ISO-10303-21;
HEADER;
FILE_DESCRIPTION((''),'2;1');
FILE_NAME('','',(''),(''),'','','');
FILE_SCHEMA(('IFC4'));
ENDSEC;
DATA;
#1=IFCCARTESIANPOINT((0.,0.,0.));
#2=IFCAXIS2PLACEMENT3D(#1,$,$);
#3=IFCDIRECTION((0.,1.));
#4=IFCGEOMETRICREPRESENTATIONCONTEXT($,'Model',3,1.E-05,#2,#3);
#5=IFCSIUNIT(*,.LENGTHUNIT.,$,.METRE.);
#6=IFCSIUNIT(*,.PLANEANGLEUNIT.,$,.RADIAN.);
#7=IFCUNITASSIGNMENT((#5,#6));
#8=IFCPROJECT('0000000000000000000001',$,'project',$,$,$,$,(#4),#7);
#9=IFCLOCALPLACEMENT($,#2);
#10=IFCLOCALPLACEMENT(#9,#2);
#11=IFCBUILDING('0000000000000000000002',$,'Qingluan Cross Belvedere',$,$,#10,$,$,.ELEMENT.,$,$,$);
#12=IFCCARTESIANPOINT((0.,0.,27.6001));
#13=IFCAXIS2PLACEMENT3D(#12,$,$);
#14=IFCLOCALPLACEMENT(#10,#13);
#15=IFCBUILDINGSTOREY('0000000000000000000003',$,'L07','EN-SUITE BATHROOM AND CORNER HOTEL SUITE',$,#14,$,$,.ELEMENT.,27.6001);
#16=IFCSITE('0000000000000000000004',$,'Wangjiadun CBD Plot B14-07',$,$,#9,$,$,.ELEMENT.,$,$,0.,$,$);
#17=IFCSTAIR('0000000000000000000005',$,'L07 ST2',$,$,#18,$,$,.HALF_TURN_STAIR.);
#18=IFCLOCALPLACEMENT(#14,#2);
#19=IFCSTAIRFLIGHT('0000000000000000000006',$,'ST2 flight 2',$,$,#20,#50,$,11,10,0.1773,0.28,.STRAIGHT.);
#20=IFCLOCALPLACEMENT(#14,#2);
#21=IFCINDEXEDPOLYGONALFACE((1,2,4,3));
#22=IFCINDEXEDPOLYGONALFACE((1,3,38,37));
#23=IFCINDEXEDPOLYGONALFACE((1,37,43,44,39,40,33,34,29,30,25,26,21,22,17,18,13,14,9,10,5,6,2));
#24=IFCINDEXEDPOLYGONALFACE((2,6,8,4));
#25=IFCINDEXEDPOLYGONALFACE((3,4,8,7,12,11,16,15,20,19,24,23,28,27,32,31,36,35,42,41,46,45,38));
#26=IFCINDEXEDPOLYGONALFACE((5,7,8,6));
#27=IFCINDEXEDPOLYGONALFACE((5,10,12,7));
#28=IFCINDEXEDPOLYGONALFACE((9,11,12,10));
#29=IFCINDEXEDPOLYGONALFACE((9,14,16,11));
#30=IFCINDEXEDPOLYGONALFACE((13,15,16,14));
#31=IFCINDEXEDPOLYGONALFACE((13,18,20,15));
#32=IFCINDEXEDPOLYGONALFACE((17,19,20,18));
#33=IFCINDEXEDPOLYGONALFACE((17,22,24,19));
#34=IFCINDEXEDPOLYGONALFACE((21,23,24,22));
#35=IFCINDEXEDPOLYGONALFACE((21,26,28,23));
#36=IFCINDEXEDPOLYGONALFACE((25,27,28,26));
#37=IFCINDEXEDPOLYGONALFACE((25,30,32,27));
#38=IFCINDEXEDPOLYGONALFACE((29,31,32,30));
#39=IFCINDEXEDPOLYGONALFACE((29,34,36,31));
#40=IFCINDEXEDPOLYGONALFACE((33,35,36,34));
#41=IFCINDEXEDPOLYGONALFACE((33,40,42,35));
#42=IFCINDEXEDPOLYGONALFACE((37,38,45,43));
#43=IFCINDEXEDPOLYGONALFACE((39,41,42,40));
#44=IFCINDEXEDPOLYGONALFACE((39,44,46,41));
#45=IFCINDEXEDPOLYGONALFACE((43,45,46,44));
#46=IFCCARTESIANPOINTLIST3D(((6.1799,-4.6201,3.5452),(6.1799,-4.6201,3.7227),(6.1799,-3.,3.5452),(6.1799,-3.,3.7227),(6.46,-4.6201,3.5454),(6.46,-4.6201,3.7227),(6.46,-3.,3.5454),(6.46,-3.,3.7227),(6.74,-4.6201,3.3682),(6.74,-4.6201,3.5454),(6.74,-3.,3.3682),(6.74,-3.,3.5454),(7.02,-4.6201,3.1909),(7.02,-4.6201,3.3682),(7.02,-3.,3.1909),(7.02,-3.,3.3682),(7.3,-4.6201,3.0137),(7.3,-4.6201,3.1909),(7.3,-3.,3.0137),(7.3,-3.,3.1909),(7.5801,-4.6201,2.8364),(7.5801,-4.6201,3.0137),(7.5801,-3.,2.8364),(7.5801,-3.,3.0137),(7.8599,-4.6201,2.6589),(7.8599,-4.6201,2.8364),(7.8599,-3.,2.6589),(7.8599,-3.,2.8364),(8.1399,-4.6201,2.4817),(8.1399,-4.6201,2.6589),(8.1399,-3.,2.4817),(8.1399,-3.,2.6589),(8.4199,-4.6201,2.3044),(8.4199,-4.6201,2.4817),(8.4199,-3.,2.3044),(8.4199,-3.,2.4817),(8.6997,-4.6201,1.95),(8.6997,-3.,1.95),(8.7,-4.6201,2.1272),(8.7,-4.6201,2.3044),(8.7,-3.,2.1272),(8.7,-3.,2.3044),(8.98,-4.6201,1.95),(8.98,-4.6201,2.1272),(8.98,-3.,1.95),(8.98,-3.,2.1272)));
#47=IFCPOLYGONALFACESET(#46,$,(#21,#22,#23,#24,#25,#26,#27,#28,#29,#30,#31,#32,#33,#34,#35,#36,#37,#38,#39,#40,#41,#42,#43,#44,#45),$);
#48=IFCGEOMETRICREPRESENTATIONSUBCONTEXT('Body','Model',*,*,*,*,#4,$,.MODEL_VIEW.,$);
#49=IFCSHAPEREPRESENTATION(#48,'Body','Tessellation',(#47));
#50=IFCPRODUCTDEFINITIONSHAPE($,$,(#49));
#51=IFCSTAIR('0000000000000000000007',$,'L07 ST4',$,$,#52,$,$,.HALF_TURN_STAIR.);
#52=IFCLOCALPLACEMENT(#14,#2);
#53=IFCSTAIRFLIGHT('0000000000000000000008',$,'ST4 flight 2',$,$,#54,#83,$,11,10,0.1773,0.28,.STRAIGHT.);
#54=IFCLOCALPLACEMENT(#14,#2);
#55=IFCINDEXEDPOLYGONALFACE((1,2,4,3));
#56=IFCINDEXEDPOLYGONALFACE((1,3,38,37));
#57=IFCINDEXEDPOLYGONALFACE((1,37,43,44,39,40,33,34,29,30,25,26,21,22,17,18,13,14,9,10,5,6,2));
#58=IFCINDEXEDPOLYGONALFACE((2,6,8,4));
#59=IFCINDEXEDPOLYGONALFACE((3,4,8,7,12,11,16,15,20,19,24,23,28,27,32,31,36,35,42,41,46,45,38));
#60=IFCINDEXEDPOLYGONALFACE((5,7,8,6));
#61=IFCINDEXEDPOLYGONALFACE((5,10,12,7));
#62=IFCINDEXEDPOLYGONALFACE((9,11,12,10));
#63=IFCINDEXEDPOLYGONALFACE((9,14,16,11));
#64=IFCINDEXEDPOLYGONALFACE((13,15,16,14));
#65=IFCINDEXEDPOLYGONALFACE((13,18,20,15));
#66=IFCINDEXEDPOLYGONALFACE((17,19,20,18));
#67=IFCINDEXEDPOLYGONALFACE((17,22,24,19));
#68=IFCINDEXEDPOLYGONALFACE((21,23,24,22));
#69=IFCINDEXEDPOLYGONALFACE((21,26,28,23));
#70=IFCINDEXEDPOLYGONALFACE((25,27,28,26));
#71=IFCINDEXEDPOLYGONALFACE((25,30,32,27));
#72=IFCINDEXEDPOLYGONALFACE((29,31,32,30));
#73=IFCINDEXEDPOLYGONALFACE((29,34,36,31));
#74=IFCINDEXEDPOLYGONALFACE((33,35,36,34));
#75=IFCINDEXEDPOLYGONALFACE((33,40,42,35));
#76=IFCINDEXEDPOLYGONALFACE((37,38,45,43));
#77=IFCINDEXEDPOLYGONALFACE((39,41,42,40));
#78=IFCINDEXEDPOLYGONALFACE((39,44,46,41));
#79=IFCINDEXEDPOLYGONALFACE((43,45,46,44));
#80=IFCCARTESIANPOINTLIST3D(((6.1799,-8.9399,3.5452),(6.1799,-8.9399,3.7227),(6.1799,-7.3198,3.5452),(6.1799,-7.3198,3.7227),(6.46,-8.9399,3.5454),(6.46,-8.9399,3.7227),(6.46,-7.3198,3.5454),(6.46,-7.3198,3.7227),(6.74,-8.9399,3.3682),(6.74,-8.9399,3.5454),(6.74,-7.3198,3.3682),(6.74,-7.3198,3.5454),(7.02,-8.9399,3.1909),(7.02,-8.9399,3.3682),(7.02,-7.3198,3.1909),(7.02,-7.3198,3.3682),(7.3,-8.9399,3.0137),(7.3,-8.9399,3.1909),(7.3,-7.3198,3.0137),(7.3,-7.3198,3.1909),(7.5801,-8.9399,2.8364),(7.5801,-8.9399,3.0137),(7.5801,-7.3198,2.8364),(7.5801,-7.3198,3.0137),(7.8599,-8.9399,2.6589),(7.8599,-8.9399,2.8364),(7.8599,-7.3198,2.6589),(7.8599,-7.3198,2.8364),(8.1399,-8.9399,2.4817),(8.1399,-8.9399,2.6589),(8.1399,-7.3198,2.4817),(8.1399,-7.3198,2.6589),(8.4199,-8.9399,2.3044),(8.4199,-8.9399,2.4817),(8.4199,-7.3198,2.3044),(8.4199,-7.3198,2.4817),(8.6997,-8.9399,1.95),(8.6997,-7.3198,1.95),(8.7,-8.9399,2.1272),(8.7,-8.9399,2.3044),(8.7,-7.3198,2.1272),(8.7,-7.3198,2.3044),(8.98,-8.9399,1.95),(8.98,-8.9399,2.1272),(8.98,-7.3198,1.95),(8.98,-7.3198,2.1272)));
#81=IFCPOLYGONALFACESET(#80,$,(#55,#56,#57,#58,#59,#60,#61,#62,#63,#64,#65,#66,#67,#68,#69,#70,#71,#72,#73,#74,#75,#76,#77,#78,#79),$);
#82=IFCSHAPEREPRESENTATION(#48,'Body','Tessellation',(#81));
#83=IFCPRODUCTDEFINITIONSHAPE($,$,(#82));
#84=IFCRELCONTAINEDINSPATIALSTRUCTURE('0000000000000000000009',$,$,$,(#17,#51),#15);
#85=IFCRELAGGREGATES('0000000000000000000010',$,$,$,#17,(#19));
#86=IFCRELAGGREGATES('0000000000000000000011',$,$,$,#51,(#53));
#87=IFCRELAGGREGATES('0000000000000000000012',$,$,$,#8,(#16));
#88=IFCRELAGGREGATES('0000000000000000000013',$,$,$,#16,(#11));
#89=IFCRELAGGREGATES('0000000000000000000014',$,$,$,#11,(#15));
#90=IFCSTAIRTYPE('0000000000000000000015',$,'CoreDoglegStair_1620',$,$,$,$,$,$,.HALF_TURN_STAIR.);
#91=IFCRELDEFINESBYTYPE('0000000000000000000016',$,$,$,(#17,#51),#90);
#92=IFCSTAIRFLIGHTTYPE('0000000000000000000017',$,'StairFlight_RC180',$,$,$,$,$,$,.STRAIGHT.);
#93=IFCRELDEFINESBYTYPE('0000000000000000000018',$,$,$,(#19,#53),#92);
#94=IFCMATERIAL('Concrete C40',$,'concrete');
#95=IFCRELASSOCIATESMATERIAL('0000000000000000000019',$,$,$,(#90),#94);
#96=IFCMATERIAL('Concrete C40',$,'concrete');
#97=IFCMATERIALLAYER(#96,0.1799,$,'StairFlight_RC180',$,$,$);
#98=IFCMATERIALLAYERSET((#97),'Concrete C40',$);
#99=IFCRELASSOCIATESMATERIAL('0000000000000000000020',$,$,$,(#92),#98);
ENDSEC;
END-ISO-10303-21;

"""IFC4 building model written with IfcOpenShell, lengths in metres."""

from ifc_helpers import new_model, si_unit, direction, frame, origin, place, context, subcontext, project, spatial, polyline, outline, extrude, material, layer, layer_set, type_object, element, aggregate, save


model = new_model("IFC4")

# Units and contexts
model_context = context("Model", 3, precision=1e-05, world=origin(), true_north=direction((0.0, 1.0)))
body_context = subcontext(model_context, "Body", "Model", "MODEL_VIEW")
ifc_project = project(units=[si_unit("LENGTHUNIT", "METRE"), si_unit("PLANEANGLEUNIT", "RADIAN")], contexts=[model_context])

# Site, building, storey
site_placement = place(None, origin())
site = spatial("IfcSite", under=ifc_project, at=site_placement, Name="Wangjiadun CBD Plot B14-07", CompositionType="ELEMENT", RefElevation=0.0)
building_placement = place(site_placement, origin())
building = spatial("IfcBuilding", under=site, at=building_placement, Name="Qingluan Cross Belvedere", CompositionType="ELEMENT")
storey_placement = place(building_placement, frame((0.0, 0.0, 27.6001)))
storey = spatial("IfcBuildingStorey", under=building, at=storey_placement, Name="L07", Description="EN-SUITE BATHROOM AND CORNER HOTEL SUITE", CompositionType="ELEMENT", Elevation=27.6001)

# Stairs, stair flights
ifc_material_1 = material(Name="Concrete C40", Category="concrete")
stair_type = type_object("IfcStairType", Name="CoreDoglegStair_1620", PredefinedType="HALF_TURN_STAIR", material=ifc_material_1)
stair_1_placement = place(storey_placement, origin())
stair_1 = element("IfcStair", 1, at=stair_1_placement, inside=storey, type_object=stair_type, Name="L07 ST2", PredefinedType="HALF_TURN_STAIR")
ifc_material_2 = material(Name="Concrete C40", Category="concrete")
ifc_layer_1 = layer(ifc_material_2, 0.1799, Name="StairFlight_RC180")
ifc_layer_set_1 = layer_set([ifc_layer_1], Name="Concrete C40")
stair_flight_type = type_object("IfcStairFlightType", Name="StairFlight_RC180", PredefinedType="STRAIGHT", material=ifc_layer_set_1)
stair_flight_1_placement = place(storey_placement, frame((8.98, -3.8101, 1.95), z_axis=(0.0, 0.0, 1.0), x_axis=(-1.0, 0.0, 0.0)))
stair_flight_1 = element("IfcStairFlight", 2, at=stair_flight_1_placement, type_object=stair_flight_type, Name="ST2 flight 2", NumberOfRisers=11, NumberOfTreads=10, PredefinedType="STRAIGHT", RiserHeight=0.1773, TreadLength=0.28, context=body_context, shape_type="SweptSolid", body=[
    extrude(outline(polyline([(0.0, 0.0), (0.0, 0.1772), (0.28, 0.1772), (0.28, 0.3545), (0.5601, 0.3545), (0.5601, 0.5317), (0.8401, 0.5317), (0.8401, 0.709), (1.1201, 0.709), (1.1201, 0.8865), (1.3999, 0.8865), (1.3999, 1.0637), (1.6799, 1.0637), (1.6799, 1.241), (1.96, 1.241), (1.96, 1.4182), (2.24, 1.4182), (2.24, 1.5955), (2.52, 1.5955), (2.52, 1.7727), (2.8, 1.7727), (2.8, 1.95), (2.8, 1.5952), (0.2803, 0.0), (0.0, 0.0)])), frame((0.0, 0.8101, 0.0), z_axis=(0.0, -1.0, 0.0), x_axis=(1.0, 0.0, 0.0)), (0.0, 0.0, 1.0), 1.6201),
])
aggregate(stair_1, [stair_flight_1])
stair_2_placement = place(storey_placement, origin())
stair_2 = element("IfcStair", 3, at=stair_2_placement, inside=storey, type_object=stair_type, Name="L07 ST4", PredefinedType="HALF_TURN_STAIR")
stair_flight_2_placement = place(storey_placement, frame((8.98, -8.1299, 1.95), z_axis=(0.0, 0.0, 1.0), x_axis=(-1.0, 0.0, 0.0)))
stair_flight_2 = element("IfcStairFlight", 4, at=stair_flight_2_placement, type_object=stair_flight_type, Name="ST4 flight 2", NumberOfRisers=11, NumberOfTreads=10, PredefinedType="STRAIGHT", RiserHeight=0.1773, TreadLength=0.28, context=body_context, shape_type="SweptSolid", body=[
    extrude(outline(polyline([(0.0, 0.0), (0.0, 0.1772), (0.28, 0.1772), (0.28, 0.3545), (0.5601, 0.3545), (0.5601, 0.5317), (0.8401, 0.5317), (0.8401, 0.709), (1.1201, 0.709), (1.1201, 0.8865), (1.3999, 0.8865), (1.3999, 1.0637), (1.6799, 1.0637), (1.6799, 1.241), (1.96, 1.241), (1.96, 1.4182), (2.24, 1.4182), (2.24, 1.5955), (2.52, 1.5955), (2.52, 1.7727), (2.8, 1.7727), (2.8, 1.95), (2.8, 1.5952), (0.2803, 0.0), (0.0, 0.0)])), frame((0.0, 0.8101, 0.0), z_axis=(0.0, -1.0, 0.0), x_axis=(1.0, 0.0, 0.0)), (0.0, 0.0, 1.0), 1.6201),
])
aggregate(stair_2, [stair_flight_2])

save(model, "model.ifc")
